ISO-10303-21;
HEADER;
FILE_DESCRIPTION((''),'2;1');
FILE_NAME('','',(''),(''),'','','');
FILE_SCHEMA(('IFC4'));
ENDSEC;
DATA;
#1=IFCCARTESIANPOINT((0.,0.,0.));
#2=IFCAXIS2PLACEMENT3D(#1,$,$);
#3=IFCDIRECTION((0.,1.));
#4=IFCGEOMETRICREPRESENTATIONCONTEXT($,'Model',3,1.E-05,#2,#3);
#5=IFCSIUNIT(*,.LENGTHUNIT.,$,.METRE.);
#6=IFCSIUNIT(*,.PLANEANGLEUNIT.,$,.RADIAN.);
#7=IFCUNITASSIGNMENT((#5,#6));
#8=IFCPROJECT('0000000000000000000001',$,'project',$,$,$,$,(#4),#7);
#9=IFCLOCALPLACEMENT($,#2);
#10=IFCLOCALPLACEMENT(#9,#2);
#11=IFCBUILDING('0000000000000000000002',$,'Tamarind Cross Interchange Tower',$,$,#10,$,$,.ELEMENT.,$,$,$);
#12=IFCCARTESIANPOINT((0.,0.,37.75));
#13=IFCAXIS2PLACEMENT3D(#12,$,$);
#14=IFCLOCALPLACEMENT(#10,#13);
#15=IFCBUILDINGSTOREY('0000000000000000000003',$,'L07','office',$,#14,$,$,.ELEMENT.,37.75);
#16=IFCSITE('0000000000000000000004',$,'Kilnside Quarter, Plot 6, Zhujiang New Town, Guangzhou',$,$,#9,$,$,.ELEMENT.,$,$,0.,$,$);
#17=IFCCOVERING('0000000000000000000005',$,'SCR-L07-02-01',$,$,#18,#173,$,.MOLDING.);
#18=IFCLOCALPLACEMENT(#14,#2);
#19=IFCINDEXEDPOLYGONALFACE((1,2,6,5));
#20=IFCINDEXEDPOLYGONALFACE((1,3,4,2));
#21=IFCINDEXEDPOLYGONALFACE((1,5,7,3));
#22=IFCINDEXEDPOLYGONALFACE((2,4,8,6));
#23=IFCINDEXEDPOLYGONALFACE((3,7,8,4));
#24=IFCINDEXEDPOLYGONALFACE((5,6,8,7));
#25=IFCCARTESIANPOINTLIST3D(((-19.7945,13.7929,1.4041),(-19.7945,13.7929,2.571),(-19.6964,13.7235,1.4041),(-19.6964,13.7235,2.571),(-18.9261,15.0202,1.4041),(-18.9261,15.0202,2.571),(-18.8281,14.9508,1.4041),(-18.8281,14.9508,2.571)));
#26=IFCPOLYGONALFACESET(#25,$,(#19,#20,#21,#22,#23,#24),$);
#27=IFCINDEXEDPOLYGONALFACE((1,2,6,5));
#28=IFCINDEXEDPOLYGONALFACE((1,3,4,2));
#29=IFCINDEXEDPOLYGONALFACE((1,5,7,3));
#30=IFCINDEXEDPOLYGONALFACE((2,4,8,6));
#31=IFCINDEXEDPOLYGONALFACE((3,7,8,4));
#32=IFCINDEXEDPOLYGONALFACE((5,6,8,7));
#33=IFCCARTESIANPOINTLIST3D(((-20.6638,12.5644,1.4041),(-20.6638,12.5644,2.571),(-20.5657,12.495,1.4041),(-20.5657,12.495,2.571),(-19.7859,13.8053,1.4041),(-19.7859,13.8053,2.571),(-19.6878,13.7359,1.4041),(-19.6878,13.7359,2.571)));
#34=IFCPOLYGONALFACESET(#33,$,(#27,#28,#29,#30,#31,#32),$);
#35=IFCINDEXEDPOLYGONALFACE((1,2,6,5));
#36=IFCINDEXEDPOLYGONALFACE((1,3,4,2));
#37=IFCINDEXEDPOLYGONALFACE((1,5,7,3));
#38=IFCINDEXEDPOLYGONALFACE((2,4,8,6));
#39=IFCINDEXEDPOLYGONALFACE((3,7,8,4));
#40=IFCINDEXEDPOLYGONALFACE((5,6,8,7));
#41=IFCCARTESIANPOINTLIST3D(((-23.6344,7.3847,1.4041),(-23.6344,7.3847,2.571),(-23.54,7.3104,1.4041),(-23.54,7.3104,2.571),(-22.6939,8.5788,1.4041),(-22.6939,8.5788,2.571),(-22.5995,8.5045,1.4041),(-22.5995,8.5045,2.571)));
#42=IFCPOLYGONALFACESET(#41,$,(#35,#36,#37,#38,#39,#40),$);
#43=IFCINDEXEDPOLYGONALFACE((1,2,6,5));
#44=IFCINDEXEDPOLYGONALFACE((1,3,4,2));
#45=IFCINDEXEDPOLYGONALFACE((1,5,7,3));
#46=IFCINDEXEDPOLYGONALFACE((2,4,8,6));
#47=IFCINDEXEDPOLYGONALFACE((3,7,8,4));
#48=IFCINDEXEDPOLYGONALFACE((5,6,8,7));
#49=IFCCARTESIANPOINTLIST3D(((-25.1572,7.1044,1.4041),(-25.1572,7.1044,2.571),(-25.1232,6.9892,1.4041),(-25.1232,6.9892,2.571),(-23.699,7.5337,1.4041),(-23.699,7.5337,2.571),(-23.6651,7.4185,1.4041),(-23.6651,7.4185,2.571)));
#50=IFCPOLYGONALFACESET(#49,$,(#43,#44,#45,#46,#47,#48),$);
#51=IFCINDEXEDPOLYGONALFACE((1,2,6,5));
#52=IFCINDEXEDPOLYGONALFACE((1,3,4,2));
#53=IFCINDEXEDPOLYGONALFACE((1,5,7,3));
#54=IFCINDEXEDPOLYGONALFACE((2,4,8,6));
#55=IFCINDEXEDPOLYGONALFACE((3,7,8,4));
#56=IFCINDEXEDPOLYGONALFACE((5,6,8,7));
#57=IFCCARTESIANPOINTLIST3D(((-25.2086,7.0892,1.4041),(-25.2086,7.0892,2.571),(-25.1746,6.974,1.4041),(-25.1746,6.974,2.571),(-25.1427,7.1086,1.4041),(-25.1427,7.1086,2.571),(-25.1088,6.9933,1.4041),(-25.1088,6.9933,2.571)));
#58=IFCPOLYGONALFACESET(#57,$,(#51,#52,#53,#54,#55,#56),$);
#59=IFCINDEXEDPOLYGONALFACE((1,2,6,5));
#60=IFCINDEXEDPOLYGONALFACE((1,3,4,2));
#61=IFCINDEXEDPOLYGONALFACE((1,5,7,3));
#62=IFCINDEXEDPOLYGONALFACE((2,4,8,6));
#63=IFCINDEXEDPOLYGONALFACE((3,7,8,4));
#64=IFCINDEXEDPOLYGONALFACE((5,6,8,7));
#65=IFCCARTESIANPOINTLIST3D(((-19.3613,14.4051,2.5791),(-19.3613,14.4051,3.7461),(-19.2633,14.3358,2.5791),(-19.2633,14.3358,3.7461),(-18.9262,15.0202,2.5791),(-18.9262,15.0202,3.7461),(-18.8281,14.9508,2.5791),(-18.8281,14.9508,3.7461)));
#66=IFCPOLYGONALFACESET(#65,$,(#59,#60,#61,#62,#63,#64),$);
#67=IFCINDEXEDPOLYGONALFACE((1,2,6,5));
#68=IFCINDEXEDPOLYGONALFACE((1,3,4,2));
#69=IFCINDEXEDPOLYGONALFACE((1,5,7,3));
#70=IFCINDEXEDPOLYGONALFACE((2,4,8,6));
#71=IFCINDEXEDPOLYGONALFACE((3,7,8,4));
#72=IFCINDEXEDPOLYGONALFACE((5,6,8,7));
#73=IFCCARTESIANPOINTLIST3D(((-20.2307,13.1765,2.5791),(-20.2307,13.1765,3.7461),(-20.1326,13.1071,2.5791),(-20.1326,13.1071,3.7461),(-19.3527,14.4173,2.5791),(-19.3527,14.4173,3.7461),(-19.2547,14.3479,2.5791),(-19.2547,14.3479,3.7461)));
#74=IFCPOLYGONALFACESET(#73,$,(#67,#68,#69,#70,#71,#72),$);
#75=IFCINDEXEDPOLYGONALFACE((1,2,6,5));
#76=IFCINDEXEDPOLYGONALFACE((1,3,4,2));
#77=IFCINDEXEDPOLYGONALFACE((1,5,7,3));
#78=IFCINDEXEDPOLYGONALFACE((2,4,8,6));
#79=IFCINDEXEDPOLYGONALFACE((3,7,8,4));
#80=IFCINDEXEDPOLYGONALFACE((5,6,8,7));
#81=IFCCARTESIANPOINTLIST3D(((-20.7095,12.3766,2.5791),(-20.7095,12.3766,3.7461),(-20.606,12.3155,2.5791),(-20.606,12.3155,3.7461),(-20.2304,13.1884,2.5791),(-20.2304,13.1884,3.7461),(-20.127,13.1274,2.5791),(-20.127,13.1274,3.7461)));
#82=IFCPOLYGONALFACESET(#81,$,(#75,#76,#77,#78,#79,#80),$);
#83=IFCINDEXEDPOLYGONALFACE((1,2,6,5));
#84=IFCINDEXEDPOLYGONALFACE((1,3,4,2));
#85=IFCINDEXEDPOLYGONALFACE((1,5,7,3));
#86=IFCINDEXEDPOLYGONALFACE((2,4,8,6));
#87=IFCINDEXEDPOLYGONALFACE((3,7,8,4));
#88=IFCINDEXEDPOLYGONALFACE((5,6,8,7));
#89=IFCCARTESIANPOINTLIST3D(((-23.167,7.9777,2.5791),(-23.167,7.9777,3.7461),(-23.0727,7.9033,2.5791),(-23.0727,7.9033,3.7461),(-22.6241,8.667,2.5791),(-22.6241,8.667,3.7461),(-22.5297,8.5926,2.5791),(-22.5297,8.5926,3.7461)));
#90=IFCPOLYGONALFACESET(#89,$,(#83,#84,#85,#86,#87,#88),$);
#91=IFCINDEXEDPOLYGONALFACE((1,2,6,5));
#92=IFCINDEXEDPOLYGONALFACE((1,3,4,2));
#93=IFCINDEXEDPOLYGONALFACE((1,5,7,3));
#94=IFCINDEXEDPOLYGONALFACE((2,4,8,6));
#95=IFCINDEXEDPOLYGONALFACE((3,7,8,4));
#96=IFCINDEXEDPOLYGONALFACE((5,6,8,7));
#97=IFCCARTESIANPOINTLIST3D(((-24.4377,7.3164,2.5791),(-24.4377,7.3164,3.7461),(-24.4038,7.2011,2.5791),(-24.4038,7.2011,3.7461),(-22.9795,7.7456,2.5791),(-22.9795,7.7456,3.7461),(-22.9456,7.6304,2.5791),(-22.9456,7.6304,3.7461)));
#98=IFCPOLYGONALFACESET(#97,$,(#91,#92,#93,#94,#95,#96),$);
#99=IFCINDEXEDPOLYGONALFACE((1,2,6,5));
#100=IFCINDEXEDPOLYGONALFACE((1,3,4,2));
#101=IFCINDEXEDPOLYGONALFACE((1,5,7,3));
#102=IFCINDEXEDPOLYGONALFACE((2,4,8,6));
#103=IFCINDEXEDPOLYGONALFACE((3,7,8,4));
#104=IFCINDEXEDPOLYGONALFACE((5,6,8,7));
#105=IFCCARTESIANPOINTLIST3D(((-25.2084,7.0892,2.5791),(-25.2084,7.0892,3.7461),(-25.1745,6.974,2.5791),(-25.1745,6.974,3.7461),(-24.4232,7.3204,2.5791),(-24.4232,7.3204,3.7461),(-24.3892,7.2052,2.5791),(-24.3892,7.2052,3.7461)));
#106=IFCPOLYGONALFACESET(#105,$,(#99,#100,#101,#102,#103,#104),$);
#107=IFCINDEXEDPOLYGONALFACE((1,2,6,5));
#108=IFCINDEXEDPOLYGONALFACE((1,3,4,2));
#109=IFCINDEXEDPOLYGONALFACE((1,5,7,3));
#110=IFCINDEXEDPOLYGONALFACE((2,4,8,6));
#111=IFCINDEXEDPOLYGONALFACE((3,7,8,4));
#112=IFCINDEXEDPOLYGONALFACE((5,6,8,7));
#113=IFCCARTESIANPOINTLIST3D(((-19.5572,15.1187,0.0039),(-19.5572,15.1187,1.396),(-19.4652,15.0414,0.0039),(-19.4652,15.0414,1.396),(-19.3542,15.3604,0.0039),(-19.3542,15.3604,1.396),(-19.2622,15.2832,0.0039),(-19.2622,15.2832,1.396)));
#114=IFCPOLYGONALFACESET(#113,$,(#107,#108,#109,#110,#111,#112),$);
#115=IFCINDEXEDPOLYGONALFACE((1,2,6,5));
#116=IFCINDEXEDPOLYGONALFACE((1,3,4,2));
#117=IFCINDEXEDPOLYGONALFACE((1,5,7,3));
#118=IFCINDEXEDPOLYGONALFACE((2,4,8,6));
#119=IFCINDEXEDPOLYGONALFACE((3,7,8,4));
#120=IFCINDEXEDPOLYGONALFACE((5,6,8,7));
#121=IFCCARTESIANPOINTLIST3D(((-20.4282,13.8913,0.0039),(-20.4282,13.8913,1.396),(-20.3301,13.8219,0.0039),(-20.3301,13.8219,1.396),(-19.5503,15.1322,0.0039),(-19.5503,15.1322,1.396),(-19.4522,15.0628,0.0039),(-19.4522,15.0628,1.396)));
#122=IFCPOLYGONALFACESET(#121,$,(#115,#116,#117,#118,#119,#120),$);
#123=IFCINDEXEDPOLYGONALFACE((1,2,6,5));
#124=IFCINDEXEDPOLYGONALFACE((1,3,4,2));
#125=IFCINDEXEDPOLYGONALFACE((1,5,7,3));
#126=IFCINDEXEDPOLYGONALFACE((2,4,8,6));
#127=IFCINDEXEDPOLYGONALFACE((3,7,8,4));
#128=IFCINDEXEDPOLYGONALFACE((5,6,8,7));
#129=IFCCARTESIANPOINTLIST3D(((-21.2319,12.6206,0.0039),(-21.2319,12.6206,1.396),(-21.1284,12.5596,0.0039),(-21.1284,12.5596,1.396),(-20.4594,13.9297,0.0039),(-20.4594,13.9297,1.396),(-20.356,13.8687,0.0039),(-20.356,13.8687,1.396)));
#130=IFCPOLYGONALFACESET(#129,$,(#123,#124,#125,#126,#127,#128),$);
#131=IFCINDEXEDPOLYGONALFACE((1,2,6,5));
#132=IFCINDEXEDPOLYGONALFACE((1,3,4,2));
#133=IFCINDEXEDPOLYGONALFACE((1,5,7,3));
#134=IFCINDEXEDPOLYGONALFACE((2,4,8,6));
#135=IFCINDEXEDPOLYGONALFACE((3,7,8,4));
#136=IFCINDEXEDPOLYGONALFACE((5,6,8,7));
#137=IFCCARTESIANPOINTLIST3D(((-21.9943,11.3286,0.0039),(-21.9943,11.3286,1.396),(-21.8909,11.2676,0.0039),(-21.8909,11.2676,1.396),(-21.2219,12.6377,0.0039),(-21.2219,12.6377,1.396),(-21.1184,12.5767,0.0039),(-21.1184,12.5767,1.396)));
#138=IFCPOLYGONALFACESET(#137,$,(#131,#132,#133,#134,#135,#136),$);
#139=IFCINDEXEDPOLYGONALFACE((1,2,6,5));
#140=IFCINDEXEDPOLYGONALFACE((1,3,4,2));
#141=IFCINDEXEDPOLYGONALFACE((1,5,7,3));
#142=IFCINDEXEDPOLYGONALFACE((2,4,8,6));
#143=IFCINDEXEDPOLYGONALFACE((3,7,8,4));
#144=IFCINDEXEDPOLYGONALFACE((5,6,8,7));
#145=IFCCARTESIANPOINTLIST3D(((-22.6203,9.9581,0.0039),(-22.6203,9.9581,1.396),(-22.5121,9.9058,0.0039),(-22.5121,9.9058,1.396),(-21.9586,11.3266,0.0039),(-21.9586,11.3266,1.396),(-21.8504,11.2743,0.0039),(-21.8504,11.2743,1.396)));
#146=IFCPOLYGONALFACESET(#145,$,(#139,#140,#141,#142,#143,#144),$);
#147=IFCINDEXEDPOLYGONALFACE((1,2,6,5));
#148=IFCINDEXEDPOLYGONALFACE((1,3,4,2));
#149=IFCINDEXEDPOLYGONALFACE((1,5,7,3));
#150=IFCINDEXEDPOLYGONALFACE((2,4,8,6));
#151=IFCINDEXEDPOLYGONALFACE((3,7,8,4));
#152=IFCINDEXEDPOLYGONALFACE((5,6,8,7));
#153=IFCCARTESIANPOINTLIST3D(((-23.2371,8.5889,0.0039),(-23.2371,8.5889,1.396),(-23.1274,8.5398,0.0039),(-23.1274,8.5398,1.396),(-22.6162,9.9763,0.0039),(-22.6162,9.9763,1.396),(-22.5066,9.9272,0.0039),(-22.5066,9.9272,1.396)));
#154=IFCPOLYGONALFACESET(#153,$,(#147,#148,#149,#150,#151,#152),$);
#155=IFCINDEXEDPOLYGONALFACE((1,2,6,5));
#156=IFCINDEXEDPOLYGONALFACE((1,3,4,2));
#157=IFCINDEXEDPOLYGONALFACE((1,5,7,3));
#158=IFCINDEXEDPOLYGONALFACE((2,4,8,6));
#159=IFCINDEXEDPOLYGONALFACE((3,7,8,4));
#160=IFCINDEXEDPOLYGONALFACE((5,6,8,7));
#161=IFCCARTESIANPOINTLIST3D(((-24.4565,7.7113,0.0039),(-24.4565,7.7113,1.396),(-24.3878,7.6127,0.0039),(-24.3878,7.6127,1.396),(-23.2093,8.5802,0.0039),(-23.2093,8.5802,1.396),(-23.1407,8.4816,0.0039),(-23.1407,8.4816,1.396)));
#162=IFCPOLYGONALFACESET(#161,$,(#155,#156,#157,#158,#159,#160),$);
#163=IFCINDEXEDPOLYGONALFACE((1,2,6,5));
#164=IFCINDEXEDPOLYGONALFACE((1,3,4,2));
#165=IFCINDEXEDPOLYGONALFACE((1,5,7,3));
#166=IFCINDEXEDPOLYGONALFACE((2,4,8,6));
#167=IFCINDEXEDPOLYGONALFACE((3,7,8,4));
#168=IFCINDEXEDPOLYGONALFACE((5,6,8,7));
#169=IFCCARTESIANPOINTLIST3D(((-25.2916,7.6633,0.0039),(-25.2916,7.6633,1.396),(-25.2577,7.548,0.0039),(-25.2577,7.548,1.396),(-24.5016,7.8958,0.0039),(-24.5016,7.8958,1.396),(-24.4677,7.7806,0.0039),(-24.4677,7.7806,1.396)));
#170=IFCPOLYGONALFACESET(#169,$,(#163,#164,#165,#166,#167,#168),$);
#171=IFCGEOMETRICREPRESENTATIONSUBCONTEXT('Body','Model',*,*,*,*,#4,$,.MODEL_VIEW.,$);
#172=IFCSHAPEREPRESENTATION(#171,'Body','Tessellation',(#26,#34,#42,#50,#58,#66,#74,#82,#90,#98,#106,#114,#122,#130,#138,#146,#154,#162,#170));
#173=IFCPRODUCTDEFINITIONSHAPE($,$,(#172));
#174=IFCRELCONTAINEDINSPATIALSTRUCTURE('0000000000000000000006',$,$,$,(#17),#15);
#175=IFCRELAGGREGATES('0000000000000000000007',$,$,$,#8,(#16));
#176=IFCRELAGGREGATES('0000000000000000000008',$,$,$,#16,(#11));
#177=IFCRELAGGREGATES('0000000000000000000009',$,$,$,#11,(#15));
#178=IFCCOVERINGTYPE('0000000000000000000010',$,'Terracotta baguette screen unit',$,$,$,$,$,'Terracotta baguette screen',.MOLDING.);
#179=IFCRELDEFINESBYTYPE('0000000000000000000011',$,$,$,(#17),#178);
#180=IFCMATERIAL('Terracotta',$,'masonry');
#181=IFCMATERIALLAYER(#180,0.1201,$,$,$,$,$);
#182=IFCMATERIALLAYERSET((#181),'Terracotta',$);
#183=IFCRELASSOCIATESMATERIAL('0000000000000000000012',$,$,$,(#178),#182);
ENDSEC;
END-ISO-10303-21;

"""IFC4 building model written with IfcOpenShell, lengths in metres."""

from ifc_helpers import new_model, si_unit, direction, frame, origin, origin_2d, place, context, subcontext, project, spatial, rectangle, extrude, material, layer, layer_set, type_object, element, save


model = new_model("IFC4")

# Units and contexts
model_context = context("Model", 3, precision=1e-05, world=origin(), true_north=direction((0.0, 1.0)))
body_context = subcontext(model_context, "Body", "Model", "MODEL_VIEW")
ifc_project = project(units=[si_unit("LENGTHUNIT", "METRE"), si_unit("PLANEANGLEUNIT", "RADIAN")], contexts=[model_context])

# Site, building, storey
site_placement = place(None, origin())
site = spatial("IfcSite", under=ifc_project, at=site_placement, Name="Kilnside Quarter, Plot 6, Zhujiang New Town, Guangzhou", CompositionType="ELEMENT", RefElevation=0.0)
building_placement = place(site_placement, origin())
building = spatial("IfcBuilding", under=site, at=building_placement, Name="Tamarind Cross Interchange Tower", CompositionType="ELEMENT")
storey_placement = place(building_placement, frame((0.0, 0.0, 37.75)))
storey = spatial("IfcBuildingStorey", under=building, at=storey_placement, Name="L07", Description="office", CompositionType="ELEMENT", Elevation=37.75)

# Covering
ifc_material_1 = material(Name="Terracotta", Category="masonry")
ifc_layer_1 = layer(ifc_material_1, 0.1201)
ifc_layer_set_1 = layer_set([ifc_layer_1], Name="Terracotta")
covering_type = type_object("IfcCoveringType", Name="Terracotta baguette screen unit", ElementType="Terracotta baguette screen", PredefinedType="MOLDING", material=ifc_layer_set_1)
covering_1_placement = place(storey_placement, origin())
element("IfcCovering", 1, at=covering_1_placement, inside=storey, type_object=covering_type, Name="SCR-L07-02-01", PredefinedType="MOLDING", context=body_context, shape_type="SweptSolid", body=[
    extrude(rectangle(XDim=1.5034, YDim=0.1201, at=origin_2d()), frame((-19.3113, 14.3718, 1.4041), z_axis=(0.0, 0.0, 1.0), x_axis=(-0.577569, -0.816342, 0.0)), (0.0, 0.0, 1.0), 1.167),
    extrude(rectangle(XDim=1.52, YDim=0.1201, at=origin_2d()), frame((-20.1758, 13.1501, 1.4041), z_axis=(0.0, 0.0, 1.0), x_axis=(-0.577569, -0.816342, 0.0)), (0.0, 0.0, 1.0), 1.167),
    extrude(rectangle(XDim=1.52, YDim=0.1201, at=origin_2d()), frame((-23.1169, 7.9446, 1.4041), z_axis=(0.0, 0.0, 1.0), x_axis=(-0.61876, -0.78558, 0.0)), (0.0, 0.0, 1.0), 1.167),
    extrude(rectangle(XDim=1.52, YDim=0.1201, at=origin_2d()), frame((-24.4111, 7.2615, 1.4041), z_axis=(0.0, 0.0, 1.0), x_axis=(-0.95929, -0.282423, 0.0)), (0.0, 0.0, 1.0), 1.167),
    extrude(rectangle(XDim=0.0686, YDim=0.1201, at=origin_2d()), frame((-25.1587, 7.0413, 1.4041), z_axis=(0.0, 0.0, 1.0), x_axis=(-0.95929, -0.282423, 0.0)), (0.0, 0.0, 1.0), 1.167),
    extrude(rectangle(XDim=0.7534, YDim=0.1201, at=origin_2d()), frame((-19.0947, 14.678, 2.5791), z_axis=(0.0, 0.0, 1.0), x_axis=(-0.577569, -0.816342, 0.0)), (0.0, 0.0, 1.0), 1.167),
    extrude(rectangle(XDim=1.52, YDim=0.1201, at=origin_2d()), frame((-19.7427, 13.7622, 2.5791), z_axis=(0.0, 0.0, 1.0), x_axis=(-0.577569, -0.816342, 0.0)), (0.0, 0.0, 1.0), 1.167),
    extrude(rectangle(XDim=0.9426, YDim=0.1201, at=origin_2d()), frame((-20.4182, 12.752, 2.5791), z_axis=(0.0, 0.0, 1.0), x_axis=(-0.508183, -0.861249, 0.0)), (0.0, 0.0, 1.0), 1.167),
    extrude(rectangle(XDim=0.8774, YDim=0.1201, at=origin_2d()), frame((-22.8484, 8.2852, 2.5791), z_axis=(0.0, 0.0, 1.0), x_axis=(-0.61876, -0.78558, 0.0)), (0.0, 0.0, 1.0), 1.167),
    extrude(rectangle(XDim=1.52, YDim=0.1201, at=origin_2d()), frame((-23.6917, 7.4734, 2.5791), z_axis=(0.0, 0.0, 1.0), x_axis=(-0.95929, -0.282423, 0.0)), (0.0, 0.0, 1.0), 1.167),
    extrude(rectangle(XDim=0.8186, YDim=0.1201, at=origin_2d()), frame((-24.7988, 7.1472, 2.5791), z_axis=(0.0, 0.0, 1.0), x_axis=(-0.95929, -0.282423, 0.0)), (0.0, 0.0, 1.0), 1.167),
    extrude(rectangle(XDim=0.3157, YDim=0.1201, at=origin_2d()), frame((-19.4097, 15.2009, 0.0039), z_axis=(0.0, 0.0, 1.0), x_axis=(-0.643009, -0.765858, 0.0)), (0.0, 0.0, 1.0), 1.3921),
    extrude(rectangle(XDim=1.52, YDim=0.1201, at=origin_2d()), frame((-19.9402, 14.4771, 0.0039), z_axis=(0.0, 0.0, 1.0), x_axis=(-0.577569, -0.816342, 0.0)), (0.0, 0.0, 1.0), 1.3921),
    extrude(rectangle(XDim=1.52, YDim=0.1201, at=origin_2d()), frame((-20.7939, 13.2446, 0.0039), z_axis=(0.0, 0.0, 1.0), x_axis=(-0.508183, -0.861249, 0.0)), (0.0, 0.0, 1.0), 1.3921),
    extrude(rectangle(XDim=1.52, YDim=0.1201, at=origin_2d()), frame((-21.5564, 11.9526, 0.0039), z_axis=(0.0, 0.0, 1.0), x_axis=(-0.508183, -0.861249, 0.0)), (0.0, 0.0, 1.0), 1.3921),
    extrude(rectangle(XDim=1.52, YDim=0.1201, at=origin_2d()), frame((-22.2354, 10.6162, 0.0039), z_axis=(0.0, 0.0, 1.0), x_axis=(-0.435326, -0.900273, 0.0)), (0.0, 0.0, 1.0), 1.3921),
    extrude(rectangle(XDim=1.52, YDim=0.1201, at=origin_2d()), frame((-22.8718, 9.2581, 0.0039), z_axis=(0.0, 0.0, 1.0), x_axis=(-0.408466, -0.912774, 0.0)), (0.0, 0.0, 1.0), 1.3921),
    extrude(rectangle(XDim=1.52, YDim=0.1201, at=origin_2d()), frame((-23.7986, 8.0964, 0.0039), z_axis=(0.0, 0.0, 1.0), x_axis=(-0.820506, -0.571638, 0.0)), (0.0, 0.0, 1.0), 1.3921),
    extrude(rectangle(XDim=0.8235, YDim=0.1201, at=origin_2d()), frame((-24.8796, 7.7219, 0.0039), z_axis=(0.0, 0.0, 1.0), x_axis=(-0.95929, -0.282423, 0.0)), (0.0, 0.0, 1.0), 1.3921),
])

save(model, "model.ifc")
